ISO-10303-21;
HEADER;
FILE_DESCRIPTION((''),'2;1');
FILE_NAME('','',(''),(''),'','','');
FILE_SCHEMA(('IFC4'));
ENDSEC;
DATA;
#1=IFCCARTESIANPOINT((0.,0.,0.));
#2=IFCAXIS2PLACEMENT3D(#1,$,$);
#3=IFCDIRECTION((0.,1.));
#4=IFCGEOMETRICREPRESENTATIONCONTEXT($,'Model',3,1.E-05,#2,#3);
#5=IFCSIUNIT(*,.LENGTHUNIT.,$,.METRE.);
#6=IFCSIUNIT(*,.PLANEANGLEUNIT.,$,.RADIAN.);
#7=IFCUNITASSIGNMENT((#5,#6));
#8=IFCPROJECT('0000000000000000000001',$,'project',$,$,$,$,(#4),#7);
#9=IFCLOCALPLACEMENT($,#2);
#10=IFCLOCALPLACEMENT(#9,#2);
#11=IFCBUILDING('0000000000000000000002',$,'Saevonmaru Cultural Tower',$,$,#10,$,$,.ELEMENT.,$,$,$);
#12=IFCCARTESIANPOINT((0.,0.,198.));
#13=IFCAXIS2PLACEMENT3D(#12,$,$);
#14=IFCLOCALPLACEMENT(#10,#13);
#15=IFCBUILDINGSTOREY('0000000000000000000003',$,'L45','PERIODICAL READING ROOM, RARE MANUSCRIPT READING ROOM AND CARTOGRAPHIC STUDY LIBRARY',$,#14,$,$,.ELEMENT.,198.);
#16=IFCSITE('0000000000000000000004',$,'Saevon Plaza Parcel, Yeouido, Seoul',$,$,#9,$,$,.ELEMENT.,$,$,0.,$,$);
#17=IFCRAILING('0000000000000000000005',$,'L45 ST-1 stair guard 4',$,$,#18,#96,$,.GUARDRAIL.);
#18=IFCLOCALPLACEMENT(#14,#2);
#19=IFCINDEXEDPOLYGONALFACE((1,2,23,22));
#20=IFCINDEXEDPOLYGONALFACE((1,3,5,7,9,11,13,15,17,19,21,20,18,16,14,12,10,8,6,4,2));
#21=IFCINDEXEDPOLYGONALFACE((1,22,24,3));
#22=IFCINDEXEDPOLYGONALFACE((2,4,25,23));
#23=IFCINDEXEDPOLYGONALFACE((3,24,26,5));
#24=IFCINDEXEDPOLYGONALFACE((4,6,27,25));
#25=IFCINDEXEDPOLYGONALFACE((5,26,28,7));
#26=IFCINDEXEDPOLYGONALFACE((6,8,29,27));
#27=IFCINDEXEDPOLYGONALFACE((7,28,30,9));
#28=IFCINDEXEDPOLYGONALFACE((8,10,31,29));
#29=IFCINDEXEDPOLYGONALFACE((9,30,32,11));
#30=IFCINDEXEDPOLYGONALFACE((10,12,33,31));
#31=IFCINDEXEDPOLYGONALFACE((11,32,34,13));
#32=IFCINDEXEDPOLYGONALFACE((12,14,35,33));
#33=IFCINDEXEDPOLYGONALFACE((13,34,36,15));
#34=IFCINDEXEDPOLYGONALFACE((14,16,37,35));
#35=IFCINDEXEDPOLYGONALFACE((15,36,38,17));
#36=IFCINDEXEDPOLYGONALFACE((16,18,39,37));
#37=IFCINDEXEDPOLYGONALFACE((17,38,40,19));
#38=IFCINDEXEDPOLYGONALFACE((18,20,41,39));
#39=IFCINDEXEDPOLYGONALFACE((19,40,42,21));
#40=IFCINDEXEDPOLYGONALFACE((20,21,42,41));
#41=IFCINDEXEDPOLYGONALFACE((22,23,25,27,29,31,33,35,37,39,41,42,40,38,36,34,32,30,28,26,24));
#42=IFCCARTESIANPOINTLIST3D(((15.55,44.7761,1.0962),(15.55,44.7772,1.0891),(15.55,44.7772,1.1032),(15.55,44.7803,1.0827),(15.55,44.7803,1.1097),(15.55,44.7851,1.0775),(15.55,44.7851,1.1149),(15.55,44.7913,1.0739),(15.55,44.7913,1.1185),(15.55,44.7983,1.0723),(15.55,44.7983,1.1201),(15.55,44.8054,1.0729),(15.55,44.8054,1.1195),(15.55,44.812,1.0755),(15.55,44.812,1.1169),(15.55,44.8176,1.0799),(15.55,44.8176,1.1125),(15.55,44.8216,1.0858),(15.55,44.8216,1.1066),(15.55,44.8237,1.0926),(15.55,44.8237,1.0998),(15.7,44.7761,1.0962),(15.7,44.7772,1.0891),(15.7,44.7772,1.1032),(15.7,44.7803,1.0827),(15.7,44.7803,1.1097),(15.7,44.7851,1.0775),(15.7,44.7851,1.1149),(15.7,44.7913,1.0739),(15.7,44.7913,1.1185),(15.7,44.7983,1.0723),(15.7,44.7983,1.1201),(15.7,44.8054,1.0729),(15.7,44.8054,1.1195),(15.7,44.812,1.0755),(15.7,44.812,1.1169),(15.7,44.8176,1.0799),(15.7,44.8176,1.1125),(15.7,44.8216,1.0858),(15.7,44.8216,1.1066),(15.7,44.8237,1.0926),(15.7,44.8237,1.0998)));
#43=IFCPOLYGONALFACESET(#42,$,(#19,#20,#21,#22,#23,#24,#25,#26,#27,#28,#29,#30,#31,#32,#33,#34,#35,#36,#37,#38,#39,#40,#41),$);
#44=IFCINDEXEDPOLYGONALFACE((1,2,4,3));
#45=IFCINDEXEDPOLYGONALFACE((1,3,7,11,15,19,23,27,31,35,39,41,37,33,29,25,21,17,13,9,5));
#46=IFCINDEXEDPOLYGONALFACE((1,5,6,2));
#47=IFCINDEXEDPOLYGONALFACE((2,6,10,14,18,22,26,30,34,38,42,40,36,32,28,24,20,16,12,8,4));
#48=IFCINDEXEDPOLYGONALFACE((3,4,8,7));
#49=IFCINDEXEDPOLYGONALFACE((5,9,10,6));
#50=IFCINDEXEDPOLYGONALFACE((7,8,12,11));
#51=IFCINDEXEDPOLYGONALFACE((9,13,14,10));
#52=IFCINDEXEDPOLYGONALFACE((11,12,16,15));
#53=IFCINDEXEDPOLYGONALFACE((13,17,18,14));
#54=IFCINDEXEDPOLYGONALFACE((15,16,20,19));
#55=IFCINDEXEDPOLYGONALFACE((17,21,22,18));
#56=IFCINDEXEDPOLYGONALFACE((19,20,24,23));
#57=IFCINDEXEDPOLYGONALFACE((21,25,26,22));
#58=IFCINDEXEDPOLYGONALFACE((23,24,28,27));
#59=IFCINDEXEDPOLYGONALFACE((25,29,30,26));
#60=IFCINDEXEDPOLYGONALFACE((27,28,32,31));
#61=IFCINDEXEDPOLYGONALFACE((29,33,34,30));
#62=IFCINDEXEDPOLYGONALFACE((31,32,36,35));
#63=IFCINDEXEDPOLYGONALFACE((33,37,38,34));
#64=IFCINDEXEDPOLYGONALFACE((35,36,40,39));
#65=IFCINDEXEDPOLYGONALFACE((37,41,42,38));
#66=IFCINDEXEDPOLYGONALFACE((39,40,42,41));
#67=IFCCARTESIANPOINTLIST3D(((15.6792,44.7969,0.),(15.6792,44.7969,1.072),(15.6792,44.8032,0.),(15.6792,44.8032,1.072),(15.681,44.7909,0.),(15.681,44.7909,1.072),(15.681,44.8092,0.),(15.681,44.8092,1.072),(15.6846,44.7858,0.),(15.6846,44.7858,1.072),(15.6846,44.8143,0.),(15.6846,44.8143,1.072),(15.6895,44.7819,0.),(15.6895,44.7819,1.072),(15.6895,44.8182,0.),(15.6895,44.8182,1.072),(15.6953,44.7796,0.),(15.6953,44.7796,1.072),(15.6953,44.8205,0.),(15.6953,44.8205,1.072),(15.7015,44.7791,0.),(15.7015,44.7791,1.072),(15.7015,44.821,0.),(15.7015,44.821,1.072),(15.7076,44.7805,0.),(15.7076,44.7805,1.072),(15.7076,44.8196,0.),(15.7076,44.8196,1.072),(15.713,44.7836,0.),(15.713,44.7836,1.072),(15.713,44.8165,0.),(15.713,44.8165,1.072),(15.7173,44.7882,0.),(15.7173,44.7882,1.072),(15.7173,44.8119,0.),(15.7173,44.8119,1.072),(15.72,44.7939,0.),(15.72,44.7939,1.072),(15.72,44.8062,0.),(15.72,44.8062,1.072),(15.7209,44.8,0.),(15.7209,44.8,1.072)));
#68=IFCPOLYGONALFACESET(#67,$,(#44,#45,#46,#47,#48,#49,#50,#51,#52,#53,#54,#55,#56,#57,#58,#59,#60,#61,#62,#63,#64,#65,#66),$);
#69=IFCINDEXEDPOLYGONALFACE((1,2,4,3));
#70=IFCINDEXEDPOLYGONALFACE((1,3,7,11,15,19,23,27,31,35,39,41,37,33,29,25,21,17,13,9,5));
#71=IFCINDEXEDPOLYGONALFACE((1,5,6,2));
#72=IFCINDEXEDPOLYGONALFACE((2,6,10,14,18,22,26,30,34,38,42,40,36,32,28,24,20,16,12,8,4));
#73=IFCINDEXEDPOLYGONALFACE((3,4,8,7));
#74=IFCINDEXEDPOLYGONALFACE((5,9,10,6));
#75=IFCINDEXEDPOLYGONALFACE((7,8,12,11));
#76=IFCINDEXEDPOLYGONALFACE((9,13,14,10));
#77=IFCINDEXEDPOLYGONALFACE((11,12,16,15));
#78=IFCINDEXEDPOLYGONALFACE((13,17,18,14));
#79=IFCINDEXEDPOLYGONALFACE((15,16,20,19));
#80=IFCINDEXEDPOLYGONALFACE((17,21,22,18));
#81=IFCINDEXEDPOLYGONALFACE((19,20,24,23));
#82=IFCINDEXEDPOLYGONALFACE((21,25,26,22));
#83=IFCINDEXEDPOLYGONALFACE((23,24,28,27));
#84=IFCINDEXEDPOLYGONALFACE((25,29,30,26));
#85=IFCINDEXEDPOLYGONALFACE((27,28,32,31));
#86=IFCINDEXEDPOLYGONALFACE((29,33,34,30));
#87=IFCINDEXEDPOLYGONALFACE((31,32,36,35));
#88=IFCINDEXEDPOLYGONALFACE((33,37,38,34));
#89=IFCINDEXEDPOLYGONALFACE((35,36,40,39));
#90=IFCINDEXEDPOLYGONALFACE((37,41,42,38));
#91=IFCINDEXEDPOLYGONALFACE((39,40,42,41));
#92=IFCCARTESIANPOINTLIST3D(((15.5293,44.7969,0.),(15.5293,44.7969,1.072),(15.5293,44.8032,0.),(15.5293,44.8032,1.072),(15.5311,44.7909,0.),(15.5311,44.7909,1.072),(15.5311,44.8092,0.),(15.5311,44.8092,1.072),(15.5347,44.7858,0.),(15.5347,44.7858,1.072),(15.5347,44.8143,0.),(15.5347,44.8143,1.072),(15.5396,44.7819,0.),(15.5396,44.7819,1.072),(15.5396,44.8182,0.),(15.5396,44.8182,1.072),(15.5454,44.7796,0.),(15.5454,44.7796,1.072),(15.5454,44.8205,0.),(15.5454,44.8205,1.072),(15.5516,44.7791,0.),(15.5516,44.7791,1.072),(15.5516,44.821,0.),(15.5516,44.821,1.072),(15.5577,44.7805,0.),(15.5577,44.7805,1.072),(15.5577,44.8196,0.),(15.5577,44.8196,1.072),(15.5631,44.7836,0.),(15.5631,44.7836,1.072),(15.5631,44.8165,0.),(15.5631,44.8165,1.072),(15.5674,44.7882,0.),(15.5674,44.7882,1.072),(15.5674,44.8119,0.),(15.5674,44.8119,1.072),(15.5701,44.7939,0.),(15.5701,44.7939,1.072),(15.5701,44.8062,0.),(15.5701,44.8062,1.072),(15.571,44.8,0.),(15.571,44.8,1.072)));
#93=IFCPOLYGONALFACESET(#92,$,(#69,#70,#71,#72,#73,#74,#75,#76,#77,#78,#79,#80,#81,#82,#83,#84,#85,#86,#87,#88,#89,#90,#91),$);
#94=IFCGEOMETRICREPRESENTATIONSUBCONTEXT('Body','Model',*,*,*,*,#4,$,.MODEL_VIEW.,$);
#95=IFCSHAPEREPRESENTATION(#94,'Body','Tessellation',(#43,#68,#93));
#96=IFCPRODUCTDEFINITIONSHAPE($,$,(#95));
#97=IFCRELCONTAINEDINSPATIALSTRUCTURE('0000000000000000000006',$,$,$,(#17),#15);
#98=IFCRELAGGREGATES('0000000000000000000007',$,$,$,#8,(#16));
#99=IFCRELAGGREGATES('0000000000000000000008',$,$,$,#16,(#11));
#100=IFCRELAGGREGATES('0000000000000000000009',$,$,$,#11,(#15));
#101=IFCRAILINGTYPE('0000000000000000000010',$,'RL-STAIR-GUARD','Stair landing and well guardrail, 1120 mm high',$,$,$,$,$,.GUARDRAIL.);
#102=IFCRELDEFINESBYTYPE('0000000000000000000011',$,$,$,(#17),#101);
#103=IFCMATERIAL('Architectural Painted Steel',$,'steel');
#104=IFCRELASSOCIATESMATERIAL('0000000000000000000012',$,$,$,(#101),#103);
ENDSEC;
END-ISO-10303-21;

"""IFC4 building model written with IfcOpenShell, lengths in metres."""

from ifc_helpers import new_model, si_unit, direction, frame, origin, origin_2d, place, context, subcontext, project, spatial, circle, extrude, material, type_object, element, save


model = new_model("IFC4")

# Units and contexts
model_context = context("Model", 3, precision=1e-05, world=origin(), true_north=direction((0.0, 1.0)))
body_context = subcontext(model_context, "Body", "Model", "MODEL_VIEW")
ifc_project = project(units=[si_unit("LENGTHUNIT", "METRE"), si_unit("PLANEANGLEUNIT", "RADIAN")], contexts=[model_context])

# Site, building, storey
site_placement = place(None, origin())
site = spatial("IfcSite", under=ifc_project, at=site_placement, Name="Saevon Plaza Parcel, Yeouido, Seoul", CompositionType="ELEMENT", RefElevation=0.0)
building_placement = place(site_placement, origin())
building = spatial("IfcBuilding", under=site, at=building_placement, Name="Saevonmaru Cultural Tower", CompositionType="ELEMENT")
storey_placement = place(building_placement, frame((0.0, 0.0, 198.0)))
storey = spatial("IfcBuildingStorey", under=building, at=storey_placement, Name="L45", Description="PERIODICAL READING ROOM, RARE MANUSCRIPT READING ROOM AND CARTOGRAPHIC STUDY LIBRARY", CompositionType="ELEMENT", Elevation=198.0)

# Railing
ifc_material_1 = material(Name="Architectural Painted Steel", Category="steel")
railing_type_1 = type_object("IfcRailingType", Name="RL-STAIR-GUARD", Description="Stair landing and well guardrail, 1120 mm high", PredefinedType="GUARDRAIL", material=ifc_material_1)
railing_1_placement = place(storey_placement, frame((15.7, 44.8, 0.0)))
element("IfcRailing", 1, at=railing_1_placement, inside=storey, type_object=railing_type_1, Name="L45 ST-1 stair guard 4", PredefinedType="GUARDRAIL", context=body_context, shape_type="SweptSolid", body=[
    extrude(circle(Radius=0.0239, at=origin_2d()), frame((0.0, 0.0, 1.0962), z_axis=(-1.0, 0.0, 0.0), x_axis=(0.0, -1.0, 0.0)), (0.0, 0.0, 1.0), 0.1499),
    extrude(circle(Radius=0.021, at=origin_2d()), origin(), (0.0, 0.0, 1.0), 1.072),
    extrude(circle(Radius=0.021, at=origin_2d()), frame((-0.1499, 0.0, 0.0)), (0.0, 0.0, 1.0), 1.072),
])

save(model, "model.ifc")
